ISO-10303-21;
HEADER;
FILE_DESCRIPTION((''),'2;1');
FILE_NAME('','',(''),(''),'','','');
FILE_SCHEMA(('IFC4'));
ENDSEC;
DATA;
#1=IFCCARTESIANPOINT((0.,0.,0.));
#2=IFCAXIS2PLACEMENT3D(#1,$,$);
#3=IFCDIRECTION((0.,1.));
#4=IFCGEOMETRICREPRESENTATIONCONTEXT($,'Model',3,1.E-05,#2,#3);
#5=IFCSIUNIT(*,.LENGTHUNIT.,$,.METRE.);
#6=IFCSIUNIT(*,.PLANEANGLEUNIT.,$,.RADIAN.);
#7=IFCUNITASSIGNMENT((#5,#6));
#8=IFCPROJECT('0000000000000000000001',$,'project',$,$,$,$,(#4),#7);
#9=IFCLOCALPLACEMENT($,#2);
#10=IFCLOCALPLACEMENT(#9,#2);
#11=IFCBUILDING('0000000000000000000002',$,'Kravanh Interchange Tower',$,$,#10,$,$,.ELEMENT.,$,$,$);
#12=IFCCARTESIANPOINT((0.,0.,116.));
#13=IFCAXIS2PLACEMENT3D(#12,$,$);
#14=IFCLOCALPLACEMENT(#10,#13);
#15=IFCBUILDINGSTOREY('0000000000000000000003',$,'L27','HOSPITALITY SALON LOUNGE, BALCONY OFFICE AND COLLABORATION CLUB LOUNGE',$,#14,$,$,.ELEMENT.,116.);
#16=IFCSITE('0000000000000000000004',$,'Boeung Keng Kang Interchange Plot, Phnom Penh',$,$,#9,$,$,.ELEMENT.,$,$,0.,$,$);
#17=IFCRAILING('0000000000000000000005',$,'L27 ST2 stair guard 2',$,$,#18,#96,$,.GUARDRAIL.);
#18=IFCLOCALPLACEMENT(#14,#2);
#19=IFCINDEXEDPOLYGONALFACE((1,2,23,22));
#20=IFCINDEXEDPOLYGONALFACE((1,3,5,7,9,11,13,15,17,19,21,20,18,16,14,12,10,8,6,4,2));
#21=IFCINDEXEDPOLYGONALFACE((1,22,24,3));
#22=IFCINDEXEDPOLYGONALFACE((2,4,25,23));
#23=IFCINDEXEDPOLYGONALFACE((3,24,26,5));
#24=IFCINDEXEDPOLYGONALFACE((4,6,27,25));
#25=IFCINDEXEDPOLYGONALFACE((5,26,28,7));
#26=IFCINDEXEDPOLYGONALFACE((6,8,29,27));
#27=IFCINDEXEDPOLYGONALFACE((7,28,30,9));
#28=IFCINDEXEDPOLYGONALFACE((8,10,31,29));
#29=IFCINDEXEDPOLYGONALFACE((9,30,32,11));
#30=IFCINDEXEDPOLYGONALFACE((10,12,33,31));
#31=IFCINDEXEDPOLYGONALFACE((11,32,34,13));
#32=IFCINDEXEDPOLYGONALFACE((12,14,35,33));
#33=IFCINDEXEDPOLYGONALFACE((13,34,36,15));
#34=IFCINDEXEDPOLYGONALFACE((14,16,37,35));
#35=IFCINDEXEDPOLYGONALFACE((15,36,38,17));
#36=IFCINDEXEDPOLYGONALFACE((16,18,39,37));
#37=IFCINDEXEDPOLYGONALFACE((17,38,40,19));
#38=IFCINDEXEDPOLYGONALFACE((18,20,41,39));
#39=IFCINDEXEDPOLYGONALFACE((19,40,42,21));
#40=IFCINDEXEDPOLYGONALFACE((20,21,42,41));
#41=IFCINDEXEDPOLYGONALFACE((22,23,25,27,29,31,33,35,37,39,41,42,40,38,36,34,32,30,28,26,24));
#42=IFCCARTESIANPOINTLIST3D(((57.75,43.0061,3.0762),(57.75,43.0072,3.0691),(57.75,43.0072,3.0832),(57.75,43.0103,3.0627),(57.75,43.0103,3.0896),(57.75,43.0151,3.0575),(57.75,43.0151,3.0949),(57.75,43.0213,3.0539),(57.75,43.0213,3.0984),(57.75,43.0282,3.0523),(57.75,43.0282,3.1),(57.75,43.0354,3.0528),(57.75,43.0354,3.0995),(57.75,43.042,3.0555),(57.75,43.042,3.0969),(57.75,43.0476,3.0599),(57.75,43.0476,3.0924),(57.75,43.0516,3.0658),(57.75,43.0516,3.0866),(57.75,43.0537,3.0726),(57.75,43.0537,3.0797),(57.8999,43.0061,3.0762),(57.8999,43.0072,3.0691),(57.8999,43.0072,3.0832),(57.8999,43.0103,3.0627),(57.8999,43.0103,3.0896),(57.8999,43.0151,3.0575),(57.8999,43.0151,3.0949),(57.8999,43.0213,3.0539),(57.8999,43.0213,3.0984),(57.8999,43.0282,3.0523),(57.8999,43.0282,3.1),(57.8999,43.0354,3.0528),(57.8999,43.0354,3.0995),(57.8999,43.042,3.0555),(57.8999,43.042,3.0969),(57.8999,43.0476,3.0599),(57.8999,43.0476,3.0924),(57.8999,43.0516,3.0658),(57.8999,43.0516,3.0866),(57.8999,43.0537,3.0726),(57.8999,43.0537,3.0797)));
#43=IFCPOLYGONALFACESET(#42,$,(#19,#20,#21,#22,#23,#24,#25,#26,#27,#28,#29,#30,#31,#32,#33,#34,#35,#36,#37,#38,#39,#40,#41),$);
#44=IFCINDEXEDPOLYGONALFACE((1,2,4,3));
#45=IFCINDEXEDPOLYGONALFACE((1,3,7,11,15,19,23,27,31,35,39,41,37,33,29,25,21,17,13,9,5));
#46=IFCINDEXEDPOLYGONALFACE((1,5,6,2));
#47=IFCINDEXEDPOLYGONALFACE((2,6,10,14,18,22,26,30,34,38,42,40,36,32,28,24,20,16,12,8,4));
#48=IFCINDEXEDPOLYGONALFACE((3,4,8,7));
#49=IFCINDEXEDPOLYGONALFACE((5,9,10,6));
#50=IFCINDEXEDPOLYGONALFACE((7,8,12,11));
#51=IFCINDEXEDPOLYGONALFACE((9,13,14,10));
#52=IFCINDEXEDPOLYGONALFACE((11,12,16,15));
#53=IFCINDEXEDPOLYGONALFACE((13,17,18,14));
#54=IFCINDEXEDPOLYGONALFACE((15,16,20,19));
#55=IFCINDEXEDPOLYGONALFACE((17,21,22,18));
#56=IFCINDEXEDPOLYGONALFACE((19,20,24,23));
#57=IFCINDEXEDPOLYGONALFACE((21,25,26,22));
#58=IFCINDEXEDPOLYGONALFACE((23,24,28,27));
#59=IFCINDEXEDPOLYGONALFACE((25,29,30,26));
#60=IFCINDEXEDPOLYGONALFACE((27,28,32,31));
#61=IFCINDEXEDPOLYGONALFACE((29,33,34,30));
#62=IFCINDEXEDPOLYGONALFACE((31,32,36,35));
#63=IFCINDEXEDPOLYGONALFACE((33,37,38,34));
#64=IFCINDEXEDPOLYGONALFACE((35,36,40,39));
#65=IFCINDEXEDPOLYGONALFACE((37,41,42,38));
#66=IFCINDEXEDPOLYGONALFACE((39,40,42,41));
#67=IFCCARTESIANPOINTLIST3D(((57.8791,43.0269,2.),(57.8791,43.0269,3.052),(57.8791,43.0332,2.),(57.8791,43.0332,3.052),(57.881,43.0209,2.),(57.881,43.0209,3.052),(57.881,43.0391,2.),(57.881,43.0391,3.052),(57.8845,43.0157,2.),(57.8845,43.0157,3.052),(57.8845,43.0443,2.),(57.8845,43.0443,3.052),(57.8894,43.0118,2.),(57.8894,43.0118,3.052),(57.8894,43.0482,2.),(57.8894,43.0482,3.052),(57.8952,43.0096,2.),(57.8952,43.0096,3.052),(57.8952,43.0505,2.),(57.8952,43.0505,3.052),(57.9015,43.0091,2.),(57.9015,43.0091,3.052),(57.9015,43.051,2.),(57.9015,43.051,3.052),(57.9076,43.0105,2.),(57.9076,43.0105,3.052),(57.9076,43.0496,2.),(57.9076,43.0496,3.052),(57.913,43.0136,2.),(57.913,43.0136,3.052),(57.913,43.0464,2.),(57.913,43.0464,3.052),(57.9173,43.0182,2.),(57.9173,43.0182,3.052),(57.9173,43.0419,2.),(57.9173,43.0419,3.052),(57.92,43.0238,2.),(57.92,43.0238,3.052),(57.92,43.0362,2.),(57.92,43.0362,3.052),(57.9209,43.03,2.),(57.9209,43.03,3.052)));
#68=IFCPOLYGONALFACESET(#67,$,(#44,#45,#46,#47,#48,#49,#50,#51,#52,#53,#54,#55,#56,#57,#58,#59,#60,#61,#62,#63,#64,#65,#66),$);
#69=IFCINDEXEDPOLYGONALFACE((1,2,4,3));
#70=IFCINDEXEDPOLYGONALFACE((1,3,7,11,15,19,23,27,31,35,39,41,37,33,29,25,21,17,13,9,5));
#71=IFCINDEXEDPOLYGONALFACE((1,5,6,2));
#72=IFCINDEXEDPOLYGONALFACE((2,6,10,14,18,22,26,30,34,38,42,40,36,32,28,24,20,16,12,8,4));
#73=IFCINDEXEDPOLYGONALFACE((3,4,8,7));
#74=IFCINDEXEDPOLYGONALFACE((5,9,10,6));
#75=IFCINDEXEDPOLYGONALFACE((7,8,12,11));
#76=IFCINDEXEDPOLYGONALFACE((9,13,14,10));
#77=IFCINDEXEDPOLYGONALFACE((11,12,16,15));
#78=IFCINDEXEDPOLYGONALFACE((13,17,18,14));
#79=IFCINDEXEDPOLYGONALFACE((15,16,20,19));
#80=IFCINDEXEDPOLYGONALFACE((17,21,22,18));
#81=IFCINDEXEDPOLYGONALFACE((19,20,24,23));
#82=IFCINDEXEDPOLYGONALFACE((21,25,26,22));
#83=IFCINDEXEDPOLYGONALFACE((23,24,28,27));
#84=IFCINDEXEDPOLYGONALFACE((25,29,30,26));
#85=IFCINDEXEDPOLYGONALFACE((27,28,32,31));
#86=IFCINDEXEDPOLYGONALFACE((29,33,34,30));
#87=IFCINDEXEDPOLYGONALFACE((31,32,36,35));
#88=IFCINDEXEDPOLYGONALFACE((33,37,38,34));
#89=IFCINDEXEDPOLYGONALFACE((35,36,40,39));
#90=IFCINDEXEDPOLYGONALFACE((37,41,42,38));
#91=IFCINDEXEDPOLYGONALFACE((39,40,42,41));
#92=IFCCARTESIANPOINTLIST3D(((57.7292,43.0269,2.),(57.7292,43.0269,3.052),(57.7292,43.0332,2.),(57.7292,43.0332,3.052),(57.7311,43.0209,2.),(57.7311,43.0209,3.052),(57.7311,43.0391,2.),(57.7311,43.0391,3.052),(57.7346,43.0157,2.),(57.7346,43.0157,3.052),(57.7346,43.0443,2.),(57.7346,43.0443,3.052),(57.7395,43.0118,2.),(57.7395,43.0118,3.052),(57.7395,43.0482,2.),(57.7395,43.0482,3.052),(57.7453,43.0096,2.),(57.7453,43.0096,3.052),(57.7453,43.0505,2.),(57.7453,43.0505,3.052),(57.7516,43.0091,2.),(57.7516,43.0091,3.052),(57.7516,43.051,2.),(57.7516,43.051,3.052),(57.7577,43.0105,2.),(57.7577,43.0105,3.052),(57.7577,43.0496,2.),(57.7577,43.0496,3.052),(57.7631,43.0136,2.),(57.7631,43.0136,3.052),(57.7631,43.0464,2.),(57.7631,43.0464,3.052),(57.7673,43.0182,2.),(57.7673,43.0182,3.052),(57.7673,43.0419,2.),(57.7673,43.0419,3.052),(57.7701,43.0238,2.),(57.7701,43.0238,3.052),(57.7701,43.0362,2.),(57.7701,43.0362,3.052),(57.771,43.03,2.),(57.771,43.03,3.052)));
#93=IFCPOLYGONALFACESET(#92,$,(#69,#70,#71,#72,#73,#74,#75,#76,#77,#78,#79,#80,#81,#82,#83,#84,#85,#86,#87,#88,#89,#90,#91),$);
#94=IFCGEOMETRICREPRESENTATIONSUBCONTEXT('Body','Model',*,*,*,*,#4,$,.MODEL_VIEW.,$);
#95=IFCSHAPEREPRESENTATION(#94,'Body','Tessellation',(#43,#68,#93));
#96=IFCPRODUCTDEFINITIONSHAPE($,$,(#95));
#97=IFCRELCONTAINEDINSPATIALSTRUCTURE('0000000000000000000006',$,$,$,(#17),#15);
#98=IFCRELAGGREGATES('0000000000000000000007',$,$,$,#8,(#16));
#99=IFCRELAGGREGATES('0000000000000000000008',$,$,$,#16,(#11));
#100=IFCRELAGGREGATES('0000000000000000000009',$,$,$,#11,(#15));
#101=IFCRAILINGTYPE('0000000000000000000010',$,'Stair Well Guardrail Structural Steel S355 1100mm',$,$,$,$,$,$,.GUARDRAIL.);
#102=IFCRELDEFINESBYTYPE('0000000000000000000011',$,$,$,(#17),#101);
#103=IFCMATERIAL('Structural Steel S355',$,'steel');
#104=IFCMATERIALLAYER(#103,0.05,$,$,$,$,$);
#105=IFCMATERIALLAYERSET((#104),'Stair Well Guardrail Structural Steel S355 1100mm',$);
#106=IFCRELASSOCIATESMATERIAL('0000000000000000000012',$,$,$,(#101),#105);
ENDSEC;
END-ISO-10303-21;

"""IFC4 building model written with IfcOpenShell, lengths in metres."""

from ifc_helpers import new_model, si_unit, direction, frame, origin, origin_2d, place, context, subcontext, project, spatial, circle, extrude, material, layer, layer_set, type_object, element, save


model = new_model("IFC4")

# Units and contexts
model_context = context("Model", 3, precision=1e-05, world=origin(), true_north=direction((0.0, 1.0)))
body_context = subcontext(model_context, "Body", "Model", "MODEL_VIEW")
ifc_project = project(units=[si_unit("LENGTHUNIT", "METRE"), si_unit("PLANEANGLEUNIT", "RADIAN")], contexts=[model_context])

# Site, building, storey
site_placement = place(None, origin())
site = spatial("IfcSite", under=ifc_project, at=site_placement, Name="Boeung Keng Kang Interchange Plot, Phnom Penh", CompositionType="ELEMENT", RefElevation=0.0)
building_placement = place(site_placement, origin())
building = spatial("IfcBuilding", under=site, at=building_placement, Name="Kravanh Interchange Tower", CompositionType="ELEMENT")
storey_placement = place(building_placement, frame((0.0, 0.0, 116.0)))
storey = spatial("IfcBuildingStorey", under=building, at=storey_placement, Name="L27", Description="HOSPITALITY SALON LOUNGE, BALCONY OFFICE AND COLLABORATION CLUB LOUNGE", CompositionType="ELEMENT", Elevation=116.0)

# Railing
ifc_material_1 = material(Name="Structural Steel S355", Category="steel")
ifc_layer_1 = layer(ifc_material_1, 0.05)
ifc_layer_set_1 = layer_set([ifc_layer_1], Name="Stair Well Guardrail Structural Steel S355 1100mm")
railing_type_1 = type_object("IfcRailingType", Name="Stair Well Guardrail Structural Steel S355 1100mm", PredefinedType="GUARDRAIL", material=ifc_layer_set_1)
railing_1_placement = place(storey_placement, frame((57.8999, 43.03, 2.0)))
element("IfcRailing", 1, at=railing_1_placement, inside=storey, type_object=railing_type_1, Name="L27 ST2 stair guard 2", PredefinedType="GUARDRAIL", context=body_context, shape_type="SweptSolid", body=[
    extrude(circle(Radius=0.0239, at=origin_2d()), frame((0.0, 0.0, 1.0762), z_axis=(-1.0, 0.0, 0.0), x_axis=(0.0, -1.0, 0.0)), (0.0, 0.0, 1.0), 0.1499),
    extrude(circle(Radius=0.021, at=origin_2d()), origin(), (0.0, 0.0, 1.0), 1.052),
    extrude(circle(Radius=0.021, at=origin_2d()), frame((-0.1499, 0.0, 0.0)), (0.0, 0.0, 1.0), 1.052),
])

save(model, "model.ifc")
